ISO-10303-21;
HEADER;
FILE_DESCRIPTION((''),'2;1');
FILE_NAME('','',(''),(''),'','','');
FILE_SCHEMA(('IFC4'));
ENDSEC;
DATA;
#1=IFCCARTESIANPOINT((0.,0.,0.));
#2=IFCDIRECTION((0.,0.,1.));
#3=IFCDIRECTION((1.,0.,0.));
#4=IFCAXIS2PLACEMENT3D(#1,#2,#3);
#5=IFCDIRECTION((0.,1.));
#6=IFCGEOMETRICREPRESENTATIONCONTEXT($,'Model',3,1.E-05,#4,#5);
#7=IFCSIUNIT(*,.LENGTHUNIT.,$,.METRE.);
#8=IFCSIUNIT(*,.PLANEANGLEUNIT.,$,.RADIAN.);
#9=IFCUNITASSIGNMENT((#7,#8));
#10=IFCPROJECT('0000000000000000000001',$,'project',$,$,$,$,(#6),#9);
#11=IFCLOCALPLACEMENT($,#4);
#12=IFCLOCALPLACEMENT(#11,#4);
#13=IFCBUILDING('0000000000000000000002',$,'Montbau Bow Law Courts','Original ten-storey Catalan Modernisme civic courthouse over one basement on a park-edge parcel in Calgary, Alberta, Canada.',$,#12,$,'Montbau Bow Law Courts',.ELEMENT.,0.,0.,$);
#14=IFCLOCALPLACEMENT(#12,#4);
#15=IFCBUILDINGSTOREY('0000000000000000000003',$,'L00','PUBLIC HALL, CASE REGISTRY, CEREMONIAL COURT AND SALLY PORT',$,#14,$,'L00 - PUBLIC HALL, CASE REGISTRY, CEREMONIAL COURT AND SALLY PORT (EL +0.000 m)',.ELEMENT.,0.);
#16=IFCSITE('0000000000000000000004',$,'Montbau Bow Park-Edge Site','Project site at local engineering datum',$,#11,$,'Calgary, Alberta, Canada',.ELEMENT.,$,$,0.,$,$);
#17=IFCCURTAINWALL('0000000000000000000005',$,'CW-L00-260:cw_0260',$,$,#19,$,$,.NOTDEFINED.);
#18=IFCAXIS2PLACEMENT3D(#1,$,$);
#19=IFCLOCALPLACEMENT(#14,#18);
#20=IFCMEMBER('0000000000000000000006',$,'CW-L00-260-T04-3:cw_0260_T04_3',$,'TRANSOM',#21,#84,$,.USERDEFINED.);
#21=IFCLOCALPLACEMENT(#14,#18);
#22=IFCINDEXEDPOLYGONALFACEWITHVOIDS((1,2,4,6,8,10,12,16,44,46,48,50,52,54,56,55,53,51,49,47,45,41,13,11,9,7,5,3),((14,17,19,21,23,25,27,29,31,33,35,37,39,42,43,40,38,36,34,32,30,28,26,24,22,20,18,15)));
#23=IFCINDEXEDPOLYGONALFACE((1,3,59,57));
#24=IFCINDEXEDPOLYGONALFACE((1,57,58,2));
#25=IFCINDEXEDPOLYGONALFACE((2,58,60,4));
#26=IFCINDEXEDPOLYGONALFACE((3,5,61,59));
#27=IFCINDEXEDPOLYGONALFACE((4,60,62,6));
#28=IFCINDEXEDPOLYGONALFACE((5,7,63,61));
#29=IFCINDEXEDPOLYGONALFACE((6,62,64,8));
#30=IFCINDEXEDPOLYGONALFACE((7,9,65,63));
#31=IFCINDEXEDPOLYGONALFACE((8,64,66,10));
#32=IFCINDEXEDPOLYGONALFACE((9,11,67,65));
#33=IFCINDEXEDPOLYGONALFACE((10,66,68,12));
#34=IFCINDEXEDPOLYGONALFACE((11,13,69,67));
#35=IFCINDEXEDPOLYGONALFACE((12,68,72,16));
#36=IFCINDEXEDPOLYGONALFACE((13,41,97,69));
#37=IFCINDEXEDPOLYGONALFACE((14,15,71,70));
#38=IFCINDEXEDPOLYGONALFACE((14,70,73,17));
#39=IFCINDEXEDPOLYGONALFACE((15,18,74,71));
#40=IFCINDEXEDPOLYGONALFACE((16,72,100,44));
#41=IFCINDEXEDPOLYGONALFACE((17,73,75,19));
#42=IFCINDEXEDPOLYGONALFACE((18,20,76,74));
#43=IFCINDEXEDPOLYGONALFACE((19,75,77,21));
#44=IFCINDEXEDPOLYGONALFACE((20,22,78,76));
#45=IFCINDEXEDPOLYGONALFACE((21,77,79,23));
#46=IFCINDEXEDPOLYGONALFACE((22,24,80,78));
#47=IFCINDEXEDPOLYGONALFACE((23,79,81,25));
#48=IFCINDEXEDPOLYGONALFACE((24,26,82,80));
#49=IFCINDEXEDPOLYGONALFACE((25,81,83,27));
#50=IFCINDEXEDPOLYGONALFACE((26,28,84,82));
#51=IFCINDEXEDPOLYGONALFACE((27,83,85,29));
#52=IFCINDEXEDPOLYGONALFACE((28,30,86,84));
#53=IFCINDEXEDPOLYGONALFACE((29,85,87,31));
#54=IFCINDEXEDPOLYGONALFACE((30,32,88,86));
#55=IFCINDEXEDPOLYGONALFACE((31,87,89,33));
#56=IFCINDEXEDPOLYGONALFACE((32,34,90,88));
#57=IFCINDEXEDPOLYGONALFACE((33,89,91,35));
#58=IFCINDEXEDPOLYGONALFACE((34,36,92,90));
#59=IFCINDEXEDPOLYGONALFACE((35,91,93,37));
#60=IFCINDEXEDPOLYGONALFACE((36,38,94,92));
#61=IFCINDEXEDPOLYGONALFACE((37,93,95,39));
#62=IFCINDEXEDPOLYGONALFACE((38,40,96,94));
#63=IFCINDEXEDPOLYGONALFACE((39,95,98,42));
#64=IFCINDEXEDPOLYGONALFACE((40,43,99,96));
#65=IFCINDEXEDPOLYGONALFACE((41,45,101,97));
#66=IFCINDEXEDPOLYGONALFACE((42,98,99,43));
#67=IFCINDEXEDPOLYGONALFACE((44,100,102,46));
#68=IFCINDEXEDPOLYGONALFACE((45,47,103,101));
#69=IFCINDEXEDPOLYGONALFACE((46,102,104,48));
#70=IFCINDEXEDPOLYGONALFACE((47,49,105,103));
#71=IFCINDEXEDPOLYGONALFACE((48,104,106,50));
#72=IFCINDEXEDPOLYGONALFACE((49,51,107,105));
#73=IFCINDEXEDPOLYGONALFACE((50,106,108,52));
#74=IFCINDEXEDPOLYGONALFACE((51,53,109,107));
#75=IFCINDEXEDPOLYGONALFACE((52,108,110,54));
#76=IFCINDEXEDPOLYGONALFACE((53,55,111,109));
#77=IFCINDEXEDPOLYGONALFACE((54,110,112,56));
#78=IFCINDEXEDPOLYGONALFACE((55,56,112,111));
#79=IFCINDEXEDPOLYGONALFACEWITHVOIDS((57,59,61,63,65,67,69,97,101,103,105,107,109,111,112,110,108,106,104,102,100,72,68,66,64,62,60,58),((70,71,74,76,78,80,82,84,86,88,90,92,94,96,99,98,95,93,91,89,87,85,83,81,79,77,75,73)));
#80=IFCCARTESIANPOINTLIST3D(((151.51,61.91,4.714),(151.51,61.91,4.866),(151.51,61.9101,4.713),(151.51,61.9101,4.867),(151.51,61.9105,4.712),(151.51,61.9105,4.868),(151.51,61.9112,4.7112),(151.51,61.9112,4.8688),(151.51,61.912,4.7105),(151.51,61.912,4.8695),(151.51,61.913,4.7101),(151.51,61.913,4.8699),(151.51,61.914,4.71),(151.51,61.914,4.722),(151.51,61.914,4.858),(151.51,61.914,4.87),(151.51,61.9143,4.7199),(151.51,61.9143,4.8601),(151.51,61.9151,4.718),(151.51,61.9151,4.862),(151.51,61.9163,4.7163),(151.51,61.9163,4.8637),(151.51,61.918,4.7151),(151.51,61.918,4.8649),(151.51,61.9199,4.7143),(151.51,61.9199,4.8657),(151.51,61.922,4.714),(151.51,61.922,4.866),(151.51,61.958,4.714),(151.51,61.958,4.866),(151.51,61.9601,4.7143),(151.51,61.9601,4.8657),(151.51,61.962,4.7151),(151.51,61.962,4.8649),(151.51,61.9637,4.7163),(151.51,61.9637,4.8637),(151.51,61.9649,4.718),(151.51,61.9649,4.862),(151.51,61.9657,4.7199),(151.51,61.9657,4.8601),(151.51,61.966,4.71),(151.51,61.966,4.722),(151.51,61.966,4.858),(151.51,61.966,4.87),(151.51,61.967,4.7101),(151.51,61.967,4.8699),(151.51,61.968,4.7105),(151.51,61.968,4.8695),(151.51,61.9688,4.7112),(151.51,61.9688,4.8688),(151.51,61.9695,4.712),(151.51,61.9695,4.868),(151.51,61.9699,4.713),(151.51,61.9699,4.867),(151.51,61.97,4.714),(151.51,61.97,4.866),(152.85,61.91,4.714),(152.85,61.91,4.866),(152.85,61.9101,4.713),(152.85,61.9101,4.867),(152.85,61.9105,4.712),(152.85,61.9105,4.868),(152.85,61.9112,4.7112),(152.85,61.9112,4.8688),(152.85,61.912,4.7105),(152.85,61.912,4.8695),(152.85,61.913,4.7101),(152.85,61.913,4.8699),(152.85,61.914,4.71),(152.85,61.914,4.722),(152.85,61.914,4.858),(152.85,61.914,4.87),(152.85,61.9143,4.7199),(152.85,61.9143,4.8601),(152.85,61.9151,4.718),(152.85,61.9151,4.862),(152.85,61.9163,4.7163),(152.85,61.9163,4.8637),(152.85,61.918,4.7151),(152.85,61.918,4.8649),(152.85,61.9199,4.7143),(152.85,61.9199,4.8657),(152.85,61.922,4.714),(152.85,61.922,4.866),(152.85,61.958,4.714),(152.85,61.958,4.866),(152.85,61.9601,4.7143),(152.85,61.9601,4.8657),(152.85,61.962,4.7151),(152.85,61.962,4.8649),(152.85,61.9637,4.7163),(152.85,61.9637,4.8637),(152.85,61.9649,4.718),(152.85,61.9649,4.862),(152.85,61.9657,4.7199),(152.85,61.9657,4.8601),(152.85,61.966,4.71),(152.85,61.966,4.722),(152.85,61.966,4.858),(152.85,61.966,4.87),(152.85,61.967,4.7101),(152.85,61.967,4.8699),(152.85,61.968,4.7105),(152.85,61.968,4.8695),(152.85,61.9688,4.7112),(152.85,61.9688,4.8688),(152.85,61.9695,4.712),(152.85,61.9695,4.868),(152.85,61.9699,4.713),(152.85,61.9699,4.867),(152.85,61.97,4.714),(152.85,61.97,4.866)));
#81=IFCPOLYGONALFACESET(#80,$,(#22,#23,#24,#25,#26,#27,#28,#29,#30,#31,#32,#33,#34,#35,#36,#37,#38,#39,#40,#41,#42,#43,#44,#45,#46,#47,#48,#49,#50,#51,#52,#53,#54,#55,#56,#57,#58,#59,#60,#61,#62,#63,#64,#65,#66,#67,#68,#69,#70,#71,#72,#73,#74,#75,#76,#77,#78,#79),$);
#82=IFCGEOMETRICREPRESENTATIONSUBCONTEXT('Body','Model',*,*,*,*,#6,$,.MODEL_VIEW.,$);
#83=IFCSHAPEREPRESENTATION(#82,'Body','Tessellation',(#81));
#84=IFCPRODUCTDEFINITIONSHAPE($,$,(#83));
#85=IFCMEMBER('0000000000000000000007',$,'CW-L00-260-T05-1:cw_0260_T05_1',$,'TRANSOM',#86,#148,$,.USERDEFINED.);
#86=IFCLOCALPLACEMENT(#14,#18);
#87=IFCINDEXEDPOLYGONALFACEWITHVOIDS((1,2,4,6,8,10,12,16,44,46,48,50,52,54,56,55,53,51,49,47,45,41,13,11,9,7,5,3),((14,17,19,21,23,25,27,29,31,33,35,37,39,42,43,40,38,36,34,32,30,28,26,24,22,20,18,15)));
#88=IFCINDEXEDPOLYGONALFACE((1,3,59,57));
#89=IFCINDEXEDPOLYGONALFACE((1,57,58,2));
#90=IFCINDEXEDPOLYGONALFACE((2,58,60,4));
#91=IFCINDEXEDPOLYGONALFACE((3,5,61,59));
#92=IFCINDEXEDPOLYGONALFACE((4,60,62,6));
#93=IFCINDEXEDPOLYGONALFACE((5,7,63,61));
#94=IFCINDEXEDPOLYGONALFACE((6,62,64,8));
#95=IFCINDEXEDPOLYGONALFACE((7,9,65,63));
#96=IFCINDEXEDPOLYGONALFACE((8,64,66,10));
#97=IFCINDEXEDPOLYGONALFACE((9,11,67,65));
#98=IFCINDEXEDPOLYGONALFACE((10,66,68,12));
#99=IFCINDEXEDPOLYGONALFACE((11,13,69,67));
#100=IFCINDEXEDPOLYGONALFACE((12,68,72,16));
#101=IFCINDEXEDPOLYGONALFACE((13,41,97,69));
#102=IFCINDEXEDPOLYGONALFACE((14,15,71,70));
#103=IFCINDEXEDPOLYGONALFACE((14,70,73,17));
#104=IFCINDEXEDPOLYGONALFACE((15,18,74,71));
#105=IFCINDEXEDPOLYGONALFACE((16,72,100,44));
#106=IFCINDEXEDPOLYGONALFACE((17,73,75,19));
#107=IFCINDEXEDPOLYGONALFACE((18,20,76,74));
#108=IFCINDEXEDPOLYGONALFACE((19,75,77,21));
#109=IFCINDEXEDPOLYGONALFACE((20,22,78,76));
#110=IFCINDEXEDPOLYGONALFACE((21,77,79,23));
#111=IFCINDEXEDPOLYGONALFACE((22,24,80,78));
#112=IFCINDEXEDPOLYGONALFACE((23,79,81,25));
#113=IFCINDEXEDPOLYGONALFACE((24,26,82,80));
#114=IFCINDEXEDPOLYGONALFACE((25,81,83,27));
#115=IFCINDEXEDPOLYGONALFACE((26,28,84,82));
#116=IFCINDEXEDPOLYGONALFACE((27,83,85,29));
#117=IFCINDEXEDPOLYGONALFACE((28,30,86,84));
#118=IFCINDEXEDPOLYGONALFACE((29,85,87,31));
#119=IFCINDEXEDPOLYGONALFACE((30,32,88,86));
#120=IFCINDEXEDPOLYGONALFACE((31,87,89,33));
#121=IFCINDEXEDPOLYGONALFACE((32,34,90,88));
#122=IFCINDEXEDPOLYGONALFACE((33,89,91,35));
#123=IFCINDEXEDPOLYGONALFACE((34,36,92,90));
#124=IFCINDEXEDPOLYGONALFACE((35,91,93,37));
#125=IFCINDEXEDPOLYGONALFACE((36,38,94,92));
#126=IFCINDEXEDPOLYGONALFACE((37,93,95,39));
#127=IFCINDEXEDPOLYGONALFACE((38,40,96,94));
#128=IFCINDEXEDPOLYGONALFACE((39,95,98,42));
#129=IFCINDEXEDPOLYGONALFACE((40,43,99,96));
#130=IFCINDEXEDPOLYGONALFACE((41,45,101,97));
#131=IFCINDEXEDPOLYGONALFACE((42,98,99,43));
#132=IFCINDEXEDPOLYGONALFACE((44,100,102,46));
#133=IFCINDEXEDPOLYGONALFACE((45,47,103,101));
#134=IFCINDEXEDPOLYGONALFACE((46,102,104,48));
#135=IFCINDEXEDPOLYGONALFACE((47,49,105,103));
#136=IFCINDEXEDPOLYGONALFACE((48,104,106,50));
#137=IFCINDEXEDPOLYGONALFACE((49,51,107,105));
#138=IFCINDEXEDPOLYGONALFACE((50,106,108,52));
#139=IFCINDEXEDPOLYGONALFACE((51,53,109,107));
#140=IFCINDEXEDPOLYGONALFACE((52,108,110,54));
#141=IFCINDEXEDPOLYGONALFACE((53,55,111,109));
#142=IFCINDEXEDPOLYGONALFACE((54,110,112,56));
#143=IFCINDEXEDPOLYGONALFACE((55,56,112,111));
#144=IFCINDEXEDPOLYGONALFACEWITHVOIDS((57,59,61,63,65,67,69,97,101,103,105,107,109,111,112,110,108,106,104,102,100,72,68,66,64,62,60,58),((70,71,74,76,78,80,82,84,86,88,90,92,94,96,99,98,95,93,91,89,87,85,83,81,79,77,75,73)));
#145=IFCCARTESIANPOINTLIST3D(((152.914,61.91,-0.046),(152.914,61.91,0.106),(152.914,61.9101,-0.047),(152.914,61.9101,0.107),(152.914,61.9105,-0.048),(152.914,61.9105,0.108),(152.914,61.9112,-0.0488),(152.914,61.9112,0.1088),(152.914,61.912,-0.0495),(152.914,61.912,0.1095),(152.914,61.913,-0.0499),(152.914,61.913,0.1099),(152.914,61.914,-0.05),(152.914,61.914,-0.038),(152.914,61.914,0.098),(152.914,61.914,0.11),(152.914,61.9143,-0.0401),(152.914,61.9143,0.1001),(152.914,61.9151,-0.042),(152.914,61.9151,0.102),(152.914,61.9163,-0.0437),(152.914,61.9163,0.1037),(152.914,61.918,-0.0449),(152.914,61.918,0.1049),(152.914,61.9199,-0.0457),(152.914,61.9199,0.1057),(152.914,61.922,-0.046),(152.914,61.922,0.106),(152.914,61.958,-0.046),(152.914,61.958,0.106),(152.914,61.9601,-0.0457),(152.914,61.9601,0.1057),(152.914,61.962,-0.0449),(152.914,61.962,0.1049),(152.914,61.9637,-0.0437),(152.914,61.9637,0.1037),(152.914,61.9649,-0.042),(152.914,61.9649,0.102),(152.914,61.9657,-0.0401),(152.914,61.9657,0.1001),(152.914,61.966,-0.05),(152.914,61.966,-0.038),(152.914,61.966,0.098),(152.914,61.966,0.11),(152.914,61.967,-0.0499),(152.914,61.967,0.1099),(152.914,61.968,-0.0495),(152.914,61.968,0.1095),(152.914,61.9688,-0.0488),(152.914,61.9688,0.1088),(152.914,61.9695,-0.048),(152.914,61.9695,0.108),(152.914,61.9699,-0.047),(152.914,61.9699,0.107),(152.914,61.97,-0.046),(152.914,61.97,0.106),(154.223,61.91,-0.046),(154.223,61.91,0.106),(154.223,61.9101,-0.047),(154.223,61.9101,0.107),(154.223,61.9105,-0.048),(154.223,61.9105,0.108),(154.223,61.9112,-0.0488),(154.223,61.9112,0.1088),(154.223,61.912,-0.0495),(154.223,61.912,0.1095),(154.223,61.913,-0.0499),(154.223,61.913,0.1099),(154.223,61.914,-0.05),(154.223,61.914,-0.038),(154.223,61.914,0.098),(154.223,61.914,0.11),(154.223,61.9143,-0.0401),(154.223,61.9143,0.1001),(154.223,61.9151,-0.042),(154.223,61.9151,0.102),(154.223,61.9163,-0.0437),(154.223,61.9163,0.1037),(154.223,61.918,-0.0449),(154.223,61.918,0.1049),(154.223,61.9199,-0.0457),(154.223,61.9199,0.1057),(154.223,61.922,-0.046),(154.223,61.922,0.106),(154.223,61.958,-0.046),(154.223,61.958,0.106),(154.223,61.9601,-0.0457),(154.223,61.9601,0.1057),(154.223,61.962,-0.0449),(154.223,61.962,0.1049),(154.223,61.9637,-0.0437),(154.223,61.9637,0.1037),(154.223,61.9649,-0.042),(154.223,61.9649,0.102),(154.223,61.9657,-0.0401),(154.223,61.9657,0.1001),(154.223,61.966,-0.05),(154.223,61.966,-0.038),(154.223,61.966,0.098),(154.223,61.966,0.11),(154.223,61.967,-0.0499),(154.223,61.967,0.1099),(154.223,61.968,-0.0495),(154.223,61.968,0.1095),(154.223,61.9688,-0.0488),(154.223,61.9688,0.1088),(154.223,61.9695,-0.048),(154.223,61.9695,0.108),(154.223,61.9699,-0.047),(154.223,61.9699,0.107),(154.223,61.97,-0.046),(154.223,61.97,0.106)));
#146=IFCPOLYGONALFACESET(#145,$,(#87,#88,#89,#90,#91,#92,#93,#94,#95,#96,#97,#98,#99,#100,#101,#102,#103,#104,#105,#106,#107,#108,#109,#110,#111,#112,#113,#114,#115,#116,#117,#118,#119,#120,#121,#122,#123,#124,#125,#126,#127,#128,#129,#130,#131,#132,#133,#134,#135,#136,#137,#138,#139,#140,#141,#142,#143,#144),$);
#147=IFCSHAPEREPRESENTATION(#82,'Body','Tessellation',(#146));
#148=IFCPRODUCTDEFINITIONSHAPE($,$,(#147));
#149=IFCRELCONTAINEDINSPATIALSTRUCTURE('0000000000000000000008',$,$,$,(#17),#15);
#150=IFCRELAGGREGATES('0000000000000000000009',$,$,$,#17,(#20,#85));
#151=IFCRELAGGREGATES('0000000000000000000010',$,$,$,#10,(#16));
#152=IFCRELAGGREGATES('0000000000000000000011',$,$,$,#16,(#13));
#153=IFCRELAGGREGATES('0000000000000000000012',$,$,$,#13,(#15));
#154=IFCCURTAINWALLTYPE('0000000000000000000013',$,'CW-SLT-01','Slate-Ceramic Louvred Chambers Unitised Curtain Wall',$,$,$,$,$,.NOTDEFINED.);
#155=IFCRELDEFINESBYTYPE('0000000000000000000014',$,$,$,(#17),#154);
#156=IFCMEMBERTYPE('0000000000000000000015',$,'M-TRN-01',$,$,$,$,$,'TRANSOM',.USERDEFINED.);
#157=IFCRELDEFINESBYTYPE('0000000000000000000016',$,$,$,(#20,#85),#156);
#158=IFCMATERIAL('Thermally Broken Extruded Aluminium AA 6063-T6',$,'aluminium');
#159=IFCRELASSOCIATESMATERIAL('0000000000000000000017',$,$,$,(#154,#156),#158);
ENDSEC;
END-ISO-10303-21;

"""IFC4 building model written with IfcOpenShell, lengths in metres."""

from ifc_helpers import new_model, si_unit, direction, frame, origin_with_axes, origin_2d_with_axis, place, context, subcontext, project, spatial, hollow_rectangle, extrude, material, material_profile, profile_set, type_object, element, aggregate, save


model = new_model("IFC4")

# Units and contexts
model_context = context("Model", 3, precision=1e-05, world=origin_with_axes(), true_north=direction((0.0, 1.0)))
body_context = subcontext(model_context, "Body", "Model", "MODEL_VIEW")
ifc_project = project(units=[si_unit("LENGTHUNIT", "METRE"), si_unit("PLANEANGLEUNIT", "RADIAN")], contexts=[model_context])

# Site, building, storey
site_placement = place(None, origin_with_axes())
site = spatial("IfcSite", under=ifc_project, at=site_placement, Name="Montbau Bow Park-Edge Site", Description="Project site at local engineering datum", LongName="Calgary, Alberta, Canada", CompositionType="ELEMENT", RefElevation=0.0)
building_placement = place(site_placement, origin_with_axes())
building = spatial("IfcBuilding", under=site, at=building_placement, Name="Montbau Bow Law Courts", Description="Original ten-storey Catalan Modernisme civic courthouse over one basement on a park-edge parcel in Calgary, Alberta, Canada.", LongName="Montbau Bow Law Courts", CompositionType="ELEMENT", ElevationOfRefHeight=0.0, ElevationOfTerrain=0.0)
storey_placement = place(building_placement, origin_with_axes())
storey = spatial("IfcBuildingStorey", under=building, at=storey_placement, Name="L00", Description="PUBLIC HALL, CASE REGISTRY, CEREMONIAL COURT AND SALLY PORT", LongName="L00 - PUBLIC HALL, CASE REGISTRY, CEREMONIAL COURT AND SALLY PORT (EL +0.000 m)", CompositionType="ELEMENT", Elevation=0.0)

# Curtain wall, members
ifc_material_1 = material(Name="Thermally Broken Extruded Aluminium AA 6063-T6", Category="aluminium")
curtain_wall_type = type_object("IfcCurtainWallType", Name="CW-SLT-01", Description="Slate-Ceramic Louvred Chambers Unitised Curtain Wall", PredefinedType="NOTDEFINED", material=ifc_material_1)
curtain_wall_1_placement = place(None, frame((147.268, 61.94, 0.0), z_axis=(0.0, 0.0, 1.0), x_axis=(1.0, 0.0, 0.0)))
curtain_wall_1 = element("IfcCurtainWall", 1, at=curtain_wall_1_placement, inside=storey, type_object=curtain_wall_type, Name="CW-L00-260:cw_0260", PredefinedType="NOTDEFINED")
ifc_material_profile_1 = material_profile(ifc_material_1, hollow_rectangle(XDim=0.06, YDim=0.16, WallThickness=0.004, InnerFilletRadius=0.008, OuterFilletRadius=0.004, at=origin_2d_with_axis()), Name="CWT-160X60", Category="Main", Priority=0)
ifc_profile_set_1 = profile_set([ifc_material_profile_1], Name="Thermally Broken Extruded Aluminium AA 6063-T6")
member_type_1 = type_object("IfcMemberType", Name="M-TRN-01", ElementType="TRANSOM", PredefinedType="USERDEFINED", material=ifc_profile_set_1)
member_1_placement = place(None, frame((151.51, 61.94, 4.79), z_axis=(1.0, 0.0, 0.0), x_axis=(0.0, 1.0, 0.0)))
member_1 = element("IfcMember", 2, at=member_1_placement, type_object=member_type_1, Name="CW-L00-260-T04-3:cw_0260_T04_3", ObjectType="TRANSOM", PredefinedType="USERDEFINED", context=body_context, shape_type="SweptSolid", body=[
    extrude(hollow_rectangle(XDim=0.06, YDim=0.16, WallThickness=0.004, InnerFilletRadius=0.008, OuterFilletRadius=0.004, at=origin_2d_with_axis()), origin_with_axes(), (0.0, 0.0, 1.0), 1.34),
])
member_2_placement = place(None, frame((152.914, 61.94, 0.03), z_axis=(1.0, 0.0, 0.0), x_axis=(0.0, 1.0, 0.0)))
member_2 = element("IfcMember", 3, at=member_2_placement, type_object=member_type_1, Name="CW-L00-260-T05-1:cw_0260_T05_1", ObjectType="TRANSOM", PredefinedType="USERDEFINED", context=body_context, shape_type="SweptSolid", body=[
    extrude(hollow_rectangle(XDim=0.06, YDim=0.16, WallThickness=0.004, InnerFilletRadius=0.008, OuterFilletRadius=0.004, at=origin_2d_with_axis()), origin_with_axes(), (0.0, 0.0, 1.0), 1.309),
])

aggregate(curtain_wall_1, [member_1, member_2])

save(model, "model.ifc")
